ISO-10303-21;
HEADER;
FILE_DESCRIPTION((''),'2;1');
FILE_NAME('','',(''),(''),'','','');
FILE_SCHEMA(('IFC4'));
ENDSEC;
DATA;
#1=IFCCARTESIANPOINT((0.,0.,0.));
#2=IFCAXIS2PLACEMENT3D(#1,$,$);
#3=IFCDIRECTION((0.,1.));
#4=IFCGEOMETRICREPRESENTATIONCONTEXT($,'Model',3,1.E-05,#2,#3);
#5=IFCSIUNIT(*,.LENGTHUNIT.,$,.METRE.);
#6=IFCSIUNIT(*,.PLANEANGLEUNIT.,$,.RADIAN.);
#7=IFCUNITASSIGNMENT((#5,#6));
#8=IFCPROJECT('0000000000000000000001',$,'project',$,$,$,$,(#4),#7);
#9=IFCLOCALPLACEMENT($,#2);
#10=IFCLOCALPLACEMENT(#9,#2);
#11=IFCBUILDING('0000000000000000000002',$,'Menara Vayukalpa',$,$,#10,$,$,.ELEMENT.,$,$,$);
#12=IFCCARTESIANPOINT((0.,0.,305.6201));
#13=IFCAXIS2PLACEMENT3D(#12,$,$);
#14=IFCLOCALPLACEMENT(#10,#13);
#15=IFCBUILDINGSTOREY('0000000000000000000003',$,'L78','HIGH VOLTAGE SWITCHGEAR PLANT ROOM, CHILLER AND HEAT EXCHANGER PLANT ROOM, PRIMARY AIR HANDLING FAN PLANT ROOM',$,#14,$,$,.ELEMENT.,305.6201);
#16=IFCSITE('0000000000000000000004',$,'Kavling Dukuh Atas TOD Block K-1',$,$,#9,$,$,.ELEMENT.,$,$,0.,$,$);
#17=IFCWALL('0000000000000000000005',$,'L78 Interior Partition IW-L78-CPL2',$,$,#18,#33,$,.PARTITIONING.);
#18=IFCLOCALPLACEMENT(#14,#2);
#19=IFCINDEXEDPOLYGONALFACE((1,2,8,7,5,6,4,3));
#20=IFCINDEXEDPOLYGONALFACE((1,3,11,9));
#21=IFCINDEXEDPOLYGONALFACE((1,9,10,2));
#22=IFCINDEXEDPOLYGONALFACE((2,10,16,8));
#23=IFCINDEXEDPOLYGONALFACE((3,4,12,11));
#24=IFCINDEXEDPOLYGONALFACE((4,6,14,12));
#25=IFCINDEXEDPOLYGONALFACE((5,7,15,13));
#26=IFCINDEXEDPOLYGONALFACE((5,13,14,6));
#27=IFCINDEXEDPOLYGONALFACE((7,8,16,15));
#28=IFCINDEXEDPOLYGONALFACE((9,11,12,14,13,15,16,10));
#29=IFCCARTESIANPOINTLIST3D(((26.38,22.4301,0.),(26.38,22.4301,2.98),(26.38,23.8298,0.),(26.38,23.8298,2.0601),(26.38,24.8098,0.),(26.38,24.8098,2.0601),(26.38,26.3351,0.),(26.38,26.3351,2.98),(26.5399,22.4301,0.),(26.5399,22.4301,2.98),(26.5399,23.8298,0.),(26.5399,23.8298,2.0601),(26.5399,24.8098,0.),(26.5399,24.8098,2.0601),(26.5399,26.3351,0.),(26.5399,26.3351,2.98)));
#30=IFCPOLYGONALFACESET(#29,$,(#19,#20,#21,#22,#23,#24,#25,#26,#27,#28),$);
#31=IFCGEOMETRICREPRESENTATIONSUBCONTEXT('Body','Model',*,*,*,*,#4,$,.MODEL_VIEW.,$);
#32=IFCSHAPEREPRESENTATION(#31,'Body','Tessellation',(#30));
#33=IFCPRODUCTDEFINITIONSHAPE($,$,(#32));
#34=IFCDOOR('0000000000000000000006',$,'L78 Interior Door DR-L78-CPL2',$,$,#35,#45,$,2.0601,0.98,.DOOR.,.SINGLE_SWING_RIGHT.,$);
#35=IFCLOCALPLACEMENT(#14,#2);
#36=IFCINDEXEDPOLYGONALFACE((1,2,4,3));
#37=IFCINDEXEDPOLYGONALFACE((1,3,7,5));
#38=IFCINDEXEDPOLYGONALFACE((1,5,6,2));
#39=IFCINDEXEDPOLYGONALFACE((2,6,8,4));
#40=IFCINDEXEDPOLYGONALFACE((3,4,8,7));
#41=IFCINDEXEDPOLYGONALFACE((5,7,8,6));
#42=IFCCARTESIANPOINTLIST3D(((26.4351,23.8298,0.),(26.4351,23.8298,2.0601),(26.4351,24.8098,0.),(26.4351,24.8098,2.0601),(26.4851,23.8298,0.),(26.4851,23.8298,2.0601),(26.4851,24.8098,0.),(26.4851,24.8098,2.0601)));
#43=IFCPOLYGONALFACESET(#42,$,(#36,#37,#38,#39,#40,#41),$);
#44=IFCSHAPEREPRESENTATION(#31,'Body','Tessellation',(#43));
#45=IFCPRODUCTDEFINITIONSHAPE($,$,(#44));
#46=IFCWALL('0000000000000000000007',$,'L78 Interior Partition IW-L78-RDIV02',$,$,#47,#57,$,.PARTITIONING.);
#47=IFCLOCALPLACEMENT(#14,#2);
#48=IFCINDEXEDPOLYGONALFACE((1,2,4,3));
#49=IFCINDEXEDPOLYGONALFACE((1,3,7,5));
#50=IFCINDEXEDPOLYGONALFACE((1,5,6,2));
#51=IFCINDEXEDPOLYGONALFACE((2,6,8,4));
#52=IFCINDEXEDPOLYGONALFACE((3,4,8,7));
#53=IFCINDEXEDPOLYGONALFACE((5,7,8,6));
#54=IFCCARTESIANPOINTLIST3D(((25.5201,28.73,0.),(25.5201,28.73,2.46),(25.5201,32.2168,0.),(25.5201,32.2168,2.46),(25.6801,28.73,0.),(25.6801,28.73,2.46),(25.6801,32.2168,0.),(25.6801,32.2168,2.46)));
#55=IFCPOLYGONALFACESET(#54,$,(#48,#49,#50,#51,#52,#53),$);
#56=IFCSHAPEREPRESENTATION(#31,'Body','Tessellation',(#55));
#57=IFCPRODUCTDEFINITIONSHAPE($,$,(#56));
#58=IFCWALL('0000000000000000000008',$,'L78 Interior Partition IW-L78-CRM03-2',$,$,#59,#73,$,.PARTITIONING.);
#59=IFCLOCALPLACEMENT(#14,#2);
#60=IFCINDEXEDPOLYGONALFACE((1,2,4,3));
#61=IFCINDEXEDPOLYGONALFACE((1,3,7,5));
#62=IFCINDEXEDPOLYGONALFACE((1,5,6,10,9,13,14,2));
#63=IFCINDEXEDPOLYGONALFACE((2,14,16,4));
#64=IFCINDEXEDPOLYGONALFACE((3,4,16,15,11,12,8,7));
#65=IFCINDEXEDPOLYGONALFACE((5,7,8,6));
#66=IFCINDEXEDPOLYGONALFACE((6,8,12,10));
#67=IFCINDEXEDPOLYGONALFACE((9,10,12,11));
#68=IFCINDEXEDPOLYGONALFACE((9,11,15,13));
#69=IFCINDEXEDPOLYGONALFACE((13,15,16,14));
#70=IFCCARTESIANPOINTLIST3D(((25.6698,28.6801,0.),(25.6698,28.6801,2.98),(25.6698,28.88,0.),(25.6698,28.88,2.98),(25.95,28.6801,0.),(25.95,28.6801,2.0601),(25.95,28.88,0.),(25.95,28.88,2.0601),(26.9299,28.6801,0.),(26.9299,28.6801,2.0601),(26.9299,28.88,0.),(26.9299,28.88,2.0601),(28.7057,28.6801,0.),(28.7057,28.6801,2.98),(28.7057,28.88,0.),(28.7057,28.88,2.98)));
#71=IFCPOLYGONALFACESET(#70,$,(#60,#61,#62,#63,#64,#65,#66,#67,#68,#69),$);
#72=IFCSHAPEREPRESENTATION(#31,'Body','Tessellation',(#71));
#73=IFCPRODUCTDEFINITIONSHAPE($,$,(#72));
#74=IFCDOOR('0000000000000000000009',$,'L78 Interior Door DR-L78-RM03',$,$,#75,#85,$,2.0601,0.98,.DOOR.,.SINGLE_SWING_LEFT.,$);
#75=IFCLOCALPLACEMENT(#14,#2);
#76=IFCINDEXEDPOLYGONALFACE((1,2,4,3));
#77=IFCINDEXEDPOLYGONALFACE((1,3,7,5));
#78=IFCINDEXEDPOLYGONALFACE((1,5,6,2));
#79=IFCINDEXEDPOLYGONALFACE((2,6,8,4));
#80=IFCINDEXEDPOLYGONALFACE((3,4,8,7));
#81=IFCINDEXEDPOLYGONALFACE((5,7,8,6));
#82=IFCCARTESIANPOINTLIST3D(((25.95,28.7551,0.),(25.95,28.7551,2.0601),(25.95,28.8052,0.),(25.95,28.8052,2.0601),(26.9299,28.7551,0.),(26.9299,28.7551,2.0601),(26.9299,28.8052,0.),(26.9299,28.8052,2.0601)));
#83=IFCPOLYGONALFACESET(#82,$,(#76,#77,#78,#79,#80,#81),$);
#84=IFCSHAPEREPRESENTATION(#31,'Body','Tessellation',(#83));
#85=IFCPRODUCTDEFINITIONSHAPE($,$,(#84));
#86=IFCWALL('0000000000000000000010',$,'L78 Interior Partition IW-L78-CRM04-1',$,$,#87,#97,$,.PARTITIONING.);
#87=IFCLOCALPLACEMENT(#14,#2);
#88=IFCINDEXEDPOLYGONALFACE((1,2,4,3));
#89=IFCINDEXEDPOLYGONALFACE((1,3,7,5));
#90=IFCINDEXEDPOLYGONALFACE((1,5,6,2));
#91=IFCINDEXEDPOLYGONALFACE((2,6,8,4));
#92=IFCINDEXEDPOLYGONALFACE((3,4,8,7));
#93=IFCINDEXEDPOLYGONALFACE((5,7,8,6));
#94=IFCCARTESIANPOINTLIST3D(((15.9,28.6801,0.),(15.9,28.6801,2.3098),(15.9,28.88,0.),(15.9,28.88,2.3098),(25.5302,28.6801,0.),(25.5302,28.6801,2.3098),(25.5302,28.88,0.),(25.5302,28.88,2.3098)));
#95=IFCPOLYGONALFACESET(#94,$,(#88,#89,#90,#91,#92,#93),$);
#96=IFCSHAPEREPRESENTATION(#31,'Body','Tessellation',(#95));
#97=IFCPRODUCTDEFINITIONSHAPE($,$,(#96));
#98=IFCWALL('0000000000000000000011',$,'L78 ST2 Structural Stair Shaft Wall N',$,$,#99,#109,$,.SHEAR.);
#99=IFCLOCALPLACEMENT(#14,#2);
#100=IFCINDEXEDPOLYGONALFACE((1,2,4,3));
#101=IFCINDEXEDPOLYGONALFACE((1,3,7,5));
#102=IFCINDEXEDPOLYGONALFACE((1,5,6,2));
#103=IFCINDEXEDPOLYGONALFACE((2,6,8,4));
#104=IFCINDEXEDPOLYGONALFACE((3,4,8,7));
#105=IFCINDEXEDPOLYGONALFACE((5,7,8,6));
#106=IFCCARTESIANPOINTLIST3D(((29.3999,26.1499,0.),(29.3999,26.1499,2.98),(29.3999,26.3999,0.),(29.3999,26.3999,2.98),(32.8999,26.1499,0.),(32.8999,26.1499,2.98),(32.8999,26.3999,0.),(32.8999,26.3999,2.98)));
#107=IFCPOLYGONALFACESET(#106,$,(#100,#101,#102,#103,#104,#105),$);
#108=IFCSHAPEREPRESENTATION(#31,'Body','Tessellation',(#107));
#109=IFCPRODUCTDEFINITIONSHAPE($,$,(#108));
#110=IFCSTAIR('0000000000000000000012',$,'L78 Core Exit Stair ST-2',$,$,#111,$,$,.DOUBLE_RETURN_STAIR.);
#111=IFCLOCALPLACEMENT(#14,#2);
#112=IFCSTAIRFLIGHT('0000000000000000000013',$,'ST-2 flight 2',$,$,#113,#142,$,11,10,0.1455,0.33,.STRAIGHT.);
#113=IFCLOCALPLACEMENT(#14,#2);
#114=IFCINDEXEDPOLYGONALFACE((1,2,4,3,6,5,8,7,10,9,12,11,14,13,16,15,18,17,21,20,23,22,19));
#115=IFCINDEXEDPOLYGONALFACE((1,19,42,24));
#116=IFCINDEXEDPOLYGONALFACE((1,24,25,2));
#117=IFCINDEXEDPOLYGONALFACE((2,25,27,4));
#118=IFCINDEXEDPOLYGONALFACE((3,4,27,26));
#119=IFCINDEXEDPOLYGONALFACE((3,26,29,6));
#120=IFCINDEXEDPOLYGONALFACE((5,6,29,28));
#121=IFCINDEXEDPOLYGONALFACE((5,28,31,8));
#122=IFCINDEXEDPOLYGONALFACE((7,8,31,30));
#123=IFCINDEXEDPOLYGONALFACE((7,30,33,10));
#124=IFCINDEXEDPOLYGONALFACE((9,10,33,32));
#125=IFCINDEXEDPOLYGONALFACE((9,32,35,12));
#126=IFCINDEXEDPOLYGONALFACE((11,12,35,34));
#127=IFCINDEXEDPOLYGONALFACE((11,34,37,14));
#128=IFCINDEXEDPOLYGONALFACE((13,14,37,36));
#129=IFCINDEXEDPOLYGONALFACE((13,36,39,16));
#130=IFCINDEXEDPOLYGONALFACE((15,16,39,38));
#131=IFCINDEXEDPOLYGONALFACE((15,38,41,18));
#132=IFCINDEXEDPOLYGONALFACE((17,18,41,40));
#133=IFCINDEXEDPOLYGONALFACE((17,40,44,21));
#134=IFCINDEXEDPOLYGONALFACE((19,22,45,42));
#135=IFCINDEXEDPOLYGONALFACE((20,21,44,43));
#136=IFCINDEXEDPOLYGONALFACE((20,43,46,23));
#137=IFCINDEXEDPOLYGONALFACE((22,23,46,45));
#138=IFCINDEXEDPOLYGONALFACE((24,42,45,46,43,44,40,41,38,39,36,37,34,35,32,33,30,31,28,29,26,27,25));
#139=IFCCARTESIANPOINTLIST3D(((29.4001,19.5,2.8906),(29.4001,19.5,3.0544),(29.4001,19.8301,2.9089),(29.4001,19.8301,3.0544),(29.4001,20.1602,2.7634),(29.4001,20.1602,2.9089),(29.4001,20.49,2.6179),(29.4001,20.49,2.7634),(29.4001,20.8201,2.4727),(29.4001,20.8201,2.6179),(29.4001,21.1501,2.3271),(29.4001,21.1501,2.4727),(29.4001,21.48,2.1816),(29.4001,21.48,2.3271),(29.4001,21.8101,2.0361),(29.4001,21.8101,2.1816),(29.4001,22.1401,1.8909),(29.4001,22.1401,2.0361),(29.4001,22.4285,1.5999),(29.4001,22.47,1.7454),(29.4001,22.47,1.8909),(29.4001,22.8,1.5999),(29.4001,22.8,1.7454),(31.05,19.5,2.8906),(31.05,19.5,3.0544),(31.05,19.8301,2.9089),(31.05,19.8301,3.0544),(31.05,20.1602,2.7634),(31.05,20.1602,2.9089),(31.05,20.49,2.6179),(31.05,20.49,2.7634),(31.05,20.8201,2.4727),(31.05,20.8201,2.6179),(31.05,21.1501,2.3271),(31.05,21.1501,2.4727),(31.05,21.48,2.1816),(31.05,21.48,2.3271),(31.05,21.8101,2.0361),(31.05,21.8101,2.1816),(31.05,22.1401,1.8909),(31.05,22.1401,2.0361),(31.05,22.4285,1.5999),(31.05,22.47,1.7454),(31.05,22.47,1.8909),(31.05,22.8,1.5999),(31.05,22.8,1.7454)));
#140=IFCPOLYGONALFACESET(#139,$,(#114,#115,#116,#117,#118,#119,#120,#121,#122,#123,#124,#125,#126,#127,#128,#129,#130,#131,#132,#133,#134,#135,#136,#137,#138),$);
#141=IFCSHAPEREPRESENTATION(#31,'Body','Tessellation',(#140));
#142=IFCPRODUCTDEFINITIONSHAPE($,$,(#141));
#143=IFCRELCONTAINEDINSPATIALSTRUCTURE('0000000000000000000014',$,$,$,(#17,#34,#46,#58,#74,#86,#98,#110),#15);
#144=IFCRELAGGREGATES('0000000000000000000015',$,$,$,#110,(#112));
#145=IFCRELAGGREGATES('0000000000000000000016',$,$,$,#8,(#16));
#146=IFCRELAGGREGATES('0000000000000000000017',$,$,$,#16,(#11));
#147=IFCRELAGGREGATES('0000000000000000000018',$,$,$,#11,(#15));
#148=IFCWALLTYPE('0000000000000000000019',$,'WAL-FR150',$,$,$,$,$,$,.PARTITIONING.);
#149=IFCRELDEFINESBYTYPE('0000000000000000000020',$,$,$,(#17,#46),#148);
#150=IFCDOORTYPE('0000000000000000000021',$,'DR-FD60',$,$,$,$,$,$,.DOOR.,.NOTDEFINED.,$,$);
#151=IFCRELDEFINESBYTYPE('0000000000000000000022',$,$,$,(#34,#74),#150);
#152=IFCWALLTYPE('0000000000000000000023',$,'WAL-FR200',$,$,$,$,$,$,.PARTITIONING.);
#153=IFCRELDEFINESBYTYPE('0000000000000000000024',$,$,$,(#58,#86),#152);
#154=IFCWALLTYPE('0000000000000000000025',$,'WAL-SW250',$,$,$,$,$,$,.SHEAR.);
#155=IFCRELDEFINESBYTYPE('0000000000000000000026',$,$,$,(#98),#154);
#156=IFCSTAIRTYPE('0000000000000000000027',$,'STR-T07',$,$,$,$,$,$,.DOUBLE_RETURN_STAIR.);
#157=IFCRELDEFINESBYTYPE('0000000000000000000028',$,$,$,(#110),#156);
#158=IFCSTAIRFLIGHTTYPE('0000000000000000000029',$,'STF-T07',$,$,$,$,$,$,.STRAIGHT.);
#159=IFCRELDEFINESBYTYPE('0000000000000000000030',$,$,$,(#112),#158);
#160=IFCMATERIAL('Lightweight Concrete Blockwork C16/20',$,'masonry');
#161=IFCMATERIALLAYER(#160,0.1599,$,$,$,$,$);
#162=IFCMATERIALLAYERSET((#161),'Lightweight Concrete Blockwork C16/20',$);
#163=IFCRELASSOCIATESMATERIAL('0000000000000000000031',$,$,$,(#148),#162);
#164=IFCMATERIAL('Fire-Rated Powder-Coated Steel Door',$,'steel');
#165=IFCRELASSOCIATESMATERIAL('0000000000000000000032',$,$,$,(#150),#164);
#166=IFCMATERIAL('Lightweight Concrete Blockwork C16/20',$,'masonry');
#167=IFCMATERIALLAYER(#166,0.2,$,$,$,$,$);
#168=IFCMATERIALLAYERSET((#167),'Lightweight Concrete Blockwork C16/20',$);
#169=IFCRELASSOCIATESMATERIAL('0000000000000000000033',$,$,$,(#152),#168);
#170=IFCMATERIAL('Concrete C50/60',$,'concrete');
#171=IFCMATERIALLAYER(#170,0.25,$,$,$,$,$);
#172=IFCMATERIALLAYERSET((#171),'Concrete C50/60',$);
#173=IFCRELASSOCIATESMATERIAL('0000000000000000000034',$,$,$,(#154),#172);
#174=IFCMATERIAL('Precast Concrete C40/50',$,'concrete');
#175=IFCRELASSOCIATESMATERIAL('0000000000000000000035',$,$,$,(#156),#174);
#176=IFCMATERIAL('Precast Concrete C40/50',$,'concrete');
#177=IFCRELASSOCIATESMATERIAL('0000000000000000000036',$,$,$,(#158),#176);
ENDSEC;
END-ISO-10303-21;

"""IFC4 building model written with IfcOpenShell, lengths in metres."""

from ifc_helpers import new_model, si_unit, direction, frame, frame_2d, origin, place, context, subcontext, project, spatial, polyline, rectangle, outline, extrude, material, layer, layer_set, type_object, element, fill, aggregate, save


model = new_model("IFC4")

# Units and contexts
model_context = context("Model", 3, precision=1e-05, world=origin(), true_north=direction((0.0, 1.0)))
body_context = subcontext(model_context, "Body", "Model", "MODEL_VIEW")
ifc_project = project(units=[si_unit("LENGTHUNIT", "METRE"), si_unit("PLANEANGLEUNIT", "RADIAN")], contexts=[model_context])

# Site, building, storey
site_placement = place(None, origin())
site = spatial("IfcSite", under=ifc_project, at=site_placement, Name="Kavling Dukuh Atas TOD Block K-1", CompositionType="ELEMENT", RefElevation=0.0)
building_placement = place(site_placement, origin())
building = spatial("IfcBuilding", under=site, at=building_placement, Name="Menara Vayukalpa", CompositionType="ELEMENT")
storey_placement = place(building_placement, frame((0.0, 0.0, 305.6201)))
storey = spatial("IfcBuildingStorey", under=building, at=storey_placement, Name="L78", Description="HIGH VOLTAGE SWITCHGEAR PLANT ROOM, CHILLER AND HEAT EXCHANGER PLANT ROOM, PRIMARY AIR HANDLING FAN PLANT ROOM", CompositionType="ELEMENT", Elevation=305.6201)

# Shared definitions
ifc_material_1 = material(Name="Lightweight Concrete Blockwork C16/20", Category="masonry")
ifc_layer_1 = layer(ifc_material_1, 0.1599)
ifc_layer_set_1 = layer_set([ifc_layer_1], Name="Lightweight Concrete Blockwork C16/20")
wall_type_1 = type_object("IfcWallType", Name="WAL-FR150", PredefinedType="PARTITIONING", material=ifc_layer_set_1)

# Shared definitions
ifc_material_2 = material(Name="Fire-Rated Powder-Coated Steel Door", Category="steel")
door_type = type_object("IfcDoorType", Name="DR-FD60", OperationType="NOTDEFINED", PredefinedType="DOOR", material=ifc_material_2)

# Wall, opening, door
wall_1_placement = place(storey_placement, frame((26.46, 22.4299, 0.0), z_axis=(0.0, 0.0, 1.0), x_axis=(0.0, 1.0, 0.0)))
wall_1 = element("IfcWall", 1, at=wall_1_placement, inside=storey, type_object=wall_type_1, Name="L78 Interior Partition IW-L78-CPL2", PredefinedType="PARTITIONING", context=body_context, shape_type="SweptSolid", body=[
    extrude(rectangle(XDim=3.905, YDim=0.1599, at=frame_2d((1.9526, 0.0))), origin(), (0.0, 0.0, 1.0), 2.98),
])
opening_1_placement = place(wall_1_placement, frame((1.3999, 0.0, 0.0)))
opening_1 = element("IfcOpeningElement", 2, at=opening_1_placement, cuts=wall_1, PredefinedType="OPENING", context=body_context, shape_type="SweptSolid", body=[
    extrude(rectangle(XDim=0.98, YDim=2.0601, at=frame_2d((0.49, 1.03))), frame((0.0, 0.0898, 0.0), z_axis=(0.0, -1.0, 0.0), x_axis=(1.0, 0.0, 0.0)), (0.0, 0.0, 1.0), 0.1799),
])
door_1_placement = place(opening_1_placement, origin())
door_1 = element("IfcDoor", 3, at=door_1_placement, inside=storey, type_object=door_type, Name="L78 Interior Door DR-L78-CPL2", OperationType="SINGLE_SWING_RIGHT", OverallHeight=2.0601, OverallWidth=0.98, PredefinedType="DOOR", context=body_context, shape_type="SweptSolid", body=[
    extrude(rectangle(XDim=0.98, YDim=2.0601, at=frame_2d((0.49, 1.03))), frame((0.0, 0.0249, 0.0), z_axis=(0.0, -1.0, 0.0), x_axis=(1.0, 0.0, 0.0)), (0.0, 0.0, 1.0), 0.05),
])
fill(opening_1, door_1)

# Wall
wall_2_placement = place(storey_placement, frame((25.6001, 28.73, 0.0), z_axis=(0.0, 0.0, 1.0), x_axis=(0.0, 1.0, 0.0)))
element("IfcWall", 4, at=wall_2_placement, inside=storey, type_object=wall_type_1, Name="L78 Interior Partition IW-L78-RDIV02", PredefinedType="PARTITIONING", context=body_context, shape_type="SweptSolid", body=[
    extrude(rectangle(XDim=3.4868, YDim=0.1599, at=frame_2d((1.7434, 0.0))), origin(), (0.0, 0.0, 1.0), 2.46),
])

# Wall, opening, door
ifc_material_3 = material(Name="Lightweight Concrete Blockwork C16/20", Category="masonry")
ifc_layer_2 = layer(ifc_material_3, 0.2)
ifc_layer_set_2 = layer_set([ifc_layer_2], Name="Lightweight Concrete Blockwork C16/20")
wall_type_2 = type_object("IfcWallType", Name="WAL-FR200", PredefinedType="PARTITIONING", material=ifc_layer_set_2)
wall_3_placement = place(storey_placement, frame((28.7058, 28.78, 0.0), z_axis=(0.0, 0.0, 1.0), x_axis=(-1.0, 0.0, 0.0)))
wall_3 = element("IfcWall", 5, at=wall_3_placement, inside=storey, type_object=wall_type_2, Name="L78 Interior Partition IW-L78-CRM03-2", PredefinedType="PARTITIONING", context=body_context, shape_type="SweptSolid", body=[
    extrude(rectangle(XDim=3.0359, YDim=0.2, at=frame_2d((1.5181, 0.0))), origin(), (0.0, 0.0, 1.0), 2.98),
])
opening_2_placement = place(wall_3_placement, frame((1.7759, 0.0, 0.0)))
opening_2 = element("IfcOpeningElement", 6, at=opening_2_placement, cuts=wall_3, PredefinedType="OPENING", context=body_context, shape_type="SweptSolid", body=[
    extrude(rectangle(XDim=0.98, YDim=2.0601, at=frame_2d((0.49, 1.03))), frame((0.0, 0.1099, 0.0), z_axis=(0.0, -1.0, 0.0), x_axis=(1.0, 0.0, 0.0)), (0.0, 0.0, 1.0), 0.22),
])
door_2_placement = place(opening_2_placement, origin())
door_2 = element("IfcDoor", 7, at=door_2_placement, inside=storey, type_object=door_type, Name="L78 Interior Door DR-L78-RM03", OperationType="SINGLE_SWING_LEFT", OverallHeight=2.0601, OverallWidth=0.98, PredefinedType="DOOR", context=body_context, shape_type="SweptSolid", body=[
    extrude(rectangle(XDim=0.98, YDim=2.0601, at=frame_2d((0.49, 1.03))), frame((0.0, 0.0249, 0.0), z_axis=(0.0, -1.0, 0.0), x_axis=(1.0, 0.0, 0.0)), (0.0, 0.0, 1.0), 0.05),
])
fill(opening_2, door_2)

# Walls
wall_4_placement = place(storey_placement, frame((25.53, 28.78, 0.0), z_axis=(0.0, 0.0, 1.0), x_axis=(-1.0, 0.0, 0.0)))
element("IfcWall", 8, at=wall_4_placement, inside=storey, type_object=wall_type_2, Name="L78 Interior Partition IW-L78-CRM04-1", PredefinedType="PARTITIONING", context=body_context, shape_type="SweptSolid", body=[
    extrude(rectangle(XDim=9.6301, YDim=0.2, at=frame_2d((4.8149, 0.0))), origin(), (0.0, 0.0, 1.0), 2.3098),
])
ifc_material_4 = material(Name="Concrete C50/60", Category="concrete")
ifc_layer_3 = layer(ifc_material_4, 0.25)
ifc_layer_set_3 = layer_set([ifc_layer_3], Name="Concrete C50/60")
wall_type_3 = type_object("IfcWallType", Name="WAL-SW250", PredefinedType="SHEAR", material=ifc_layer_set_3)
wall_5_placement = place(storey_placement, frame((29.3999, 26.2749, 0.0), z_axis=(0.0, 0.0, 1.0), x_axis=(1.0, 0.0, 0.0)))
element("IfcWall", 9, at=wall_5_placement, inside=storey, type_object=wall_type_3, Name="L78 ST2 Structural Stair Shaft Wall N", PredefinedType="SHEAR", context=body_context, shape_type="SweptSolid", body=[
    extrude(rectangle(XDim=3.5, YDim=0.25, at=frame_2d((1.75, 0.0))), origin(), (0.0, 0.0, 1.0), 2.98),
])

# Stair, stair flight
ifc_material_5 = material(Name="Precast Concrete C40/50", Category="concrete")
stair_type = type_object("IfcStairType", Name="STR-T07", PredefinedType="DOUBLE_RETURN_STAIR", material=ifc_material_5)
stair_placement = place(storey_placement, origin())
stair = element("IfcStair", 10, at=stair_placement, inside=storey, type_object=stair_type, Name="L78 Core Exit Stair ST-2", PredefinedType="DOUBLE_RETURN_STAIR")
ifc_material_6 = material(Name="Precast Concrete C40/50", Category="concrete")
stair_flight_type = type_object("IfcStairFlightType", Name="STF-T07", PredefinedType="STRAIGHT", material=ifc_material_6)
stair_flight_placement = place(storey_placement, frame((30.2251, 22.8, 1.5999), z_axis=(0.0, 0.0, 1.0), x_axis=(0.0, -1.0, 0.0)))
stair_flight = element("IfcStairFlight", 11, at=stair_flight_placement, type_object=stair_flight_type, Name="ST-2 flight 2", NumberOfRisers=11, NumberOfTreads=10, PredefinedType="STRAIGHT", RiserHeight=0.1455, TreadLength=0.33, context=body_context, shape_type="SweptSolid", body=[
    extrude(outline(polyline([(0.0, 0.0), (0.0, 0.1455), (0.3301, 0.1455), (0.3301, 0.291), (0.6599, 0.291), (0.6599, 0.4363), (0.99, 0.4363), (0.99, 0.5818), (1.3201, 0.5818), (1.3201, 0.7273), (1.6499, 0.7273), (1.6499, 0.8728), (1.98, 0.8728), (1.98, 1.0181), (2.3101, 1.0181), (2.3101, 1.1636), (2.6399, 1.1636), (2.6399, 1.3091), (2.97, 1.3091), (2.97, 1.4546), (3.3, 1.4546), (3.3, 1.6001), (3.3, 1.2908), (0.3716, 0.0), (0.0, 0.0)])), frame((0.0, 0.825, 0.0), z_axis=(0.0, -1.0, 0.0), x_axis=(1.0, 0.0, 0.0)), (0.0, 0.0, 1.0), 1.6499),
])
aggregate(stair, [stair_flight])

save(model, "model.ifc")
